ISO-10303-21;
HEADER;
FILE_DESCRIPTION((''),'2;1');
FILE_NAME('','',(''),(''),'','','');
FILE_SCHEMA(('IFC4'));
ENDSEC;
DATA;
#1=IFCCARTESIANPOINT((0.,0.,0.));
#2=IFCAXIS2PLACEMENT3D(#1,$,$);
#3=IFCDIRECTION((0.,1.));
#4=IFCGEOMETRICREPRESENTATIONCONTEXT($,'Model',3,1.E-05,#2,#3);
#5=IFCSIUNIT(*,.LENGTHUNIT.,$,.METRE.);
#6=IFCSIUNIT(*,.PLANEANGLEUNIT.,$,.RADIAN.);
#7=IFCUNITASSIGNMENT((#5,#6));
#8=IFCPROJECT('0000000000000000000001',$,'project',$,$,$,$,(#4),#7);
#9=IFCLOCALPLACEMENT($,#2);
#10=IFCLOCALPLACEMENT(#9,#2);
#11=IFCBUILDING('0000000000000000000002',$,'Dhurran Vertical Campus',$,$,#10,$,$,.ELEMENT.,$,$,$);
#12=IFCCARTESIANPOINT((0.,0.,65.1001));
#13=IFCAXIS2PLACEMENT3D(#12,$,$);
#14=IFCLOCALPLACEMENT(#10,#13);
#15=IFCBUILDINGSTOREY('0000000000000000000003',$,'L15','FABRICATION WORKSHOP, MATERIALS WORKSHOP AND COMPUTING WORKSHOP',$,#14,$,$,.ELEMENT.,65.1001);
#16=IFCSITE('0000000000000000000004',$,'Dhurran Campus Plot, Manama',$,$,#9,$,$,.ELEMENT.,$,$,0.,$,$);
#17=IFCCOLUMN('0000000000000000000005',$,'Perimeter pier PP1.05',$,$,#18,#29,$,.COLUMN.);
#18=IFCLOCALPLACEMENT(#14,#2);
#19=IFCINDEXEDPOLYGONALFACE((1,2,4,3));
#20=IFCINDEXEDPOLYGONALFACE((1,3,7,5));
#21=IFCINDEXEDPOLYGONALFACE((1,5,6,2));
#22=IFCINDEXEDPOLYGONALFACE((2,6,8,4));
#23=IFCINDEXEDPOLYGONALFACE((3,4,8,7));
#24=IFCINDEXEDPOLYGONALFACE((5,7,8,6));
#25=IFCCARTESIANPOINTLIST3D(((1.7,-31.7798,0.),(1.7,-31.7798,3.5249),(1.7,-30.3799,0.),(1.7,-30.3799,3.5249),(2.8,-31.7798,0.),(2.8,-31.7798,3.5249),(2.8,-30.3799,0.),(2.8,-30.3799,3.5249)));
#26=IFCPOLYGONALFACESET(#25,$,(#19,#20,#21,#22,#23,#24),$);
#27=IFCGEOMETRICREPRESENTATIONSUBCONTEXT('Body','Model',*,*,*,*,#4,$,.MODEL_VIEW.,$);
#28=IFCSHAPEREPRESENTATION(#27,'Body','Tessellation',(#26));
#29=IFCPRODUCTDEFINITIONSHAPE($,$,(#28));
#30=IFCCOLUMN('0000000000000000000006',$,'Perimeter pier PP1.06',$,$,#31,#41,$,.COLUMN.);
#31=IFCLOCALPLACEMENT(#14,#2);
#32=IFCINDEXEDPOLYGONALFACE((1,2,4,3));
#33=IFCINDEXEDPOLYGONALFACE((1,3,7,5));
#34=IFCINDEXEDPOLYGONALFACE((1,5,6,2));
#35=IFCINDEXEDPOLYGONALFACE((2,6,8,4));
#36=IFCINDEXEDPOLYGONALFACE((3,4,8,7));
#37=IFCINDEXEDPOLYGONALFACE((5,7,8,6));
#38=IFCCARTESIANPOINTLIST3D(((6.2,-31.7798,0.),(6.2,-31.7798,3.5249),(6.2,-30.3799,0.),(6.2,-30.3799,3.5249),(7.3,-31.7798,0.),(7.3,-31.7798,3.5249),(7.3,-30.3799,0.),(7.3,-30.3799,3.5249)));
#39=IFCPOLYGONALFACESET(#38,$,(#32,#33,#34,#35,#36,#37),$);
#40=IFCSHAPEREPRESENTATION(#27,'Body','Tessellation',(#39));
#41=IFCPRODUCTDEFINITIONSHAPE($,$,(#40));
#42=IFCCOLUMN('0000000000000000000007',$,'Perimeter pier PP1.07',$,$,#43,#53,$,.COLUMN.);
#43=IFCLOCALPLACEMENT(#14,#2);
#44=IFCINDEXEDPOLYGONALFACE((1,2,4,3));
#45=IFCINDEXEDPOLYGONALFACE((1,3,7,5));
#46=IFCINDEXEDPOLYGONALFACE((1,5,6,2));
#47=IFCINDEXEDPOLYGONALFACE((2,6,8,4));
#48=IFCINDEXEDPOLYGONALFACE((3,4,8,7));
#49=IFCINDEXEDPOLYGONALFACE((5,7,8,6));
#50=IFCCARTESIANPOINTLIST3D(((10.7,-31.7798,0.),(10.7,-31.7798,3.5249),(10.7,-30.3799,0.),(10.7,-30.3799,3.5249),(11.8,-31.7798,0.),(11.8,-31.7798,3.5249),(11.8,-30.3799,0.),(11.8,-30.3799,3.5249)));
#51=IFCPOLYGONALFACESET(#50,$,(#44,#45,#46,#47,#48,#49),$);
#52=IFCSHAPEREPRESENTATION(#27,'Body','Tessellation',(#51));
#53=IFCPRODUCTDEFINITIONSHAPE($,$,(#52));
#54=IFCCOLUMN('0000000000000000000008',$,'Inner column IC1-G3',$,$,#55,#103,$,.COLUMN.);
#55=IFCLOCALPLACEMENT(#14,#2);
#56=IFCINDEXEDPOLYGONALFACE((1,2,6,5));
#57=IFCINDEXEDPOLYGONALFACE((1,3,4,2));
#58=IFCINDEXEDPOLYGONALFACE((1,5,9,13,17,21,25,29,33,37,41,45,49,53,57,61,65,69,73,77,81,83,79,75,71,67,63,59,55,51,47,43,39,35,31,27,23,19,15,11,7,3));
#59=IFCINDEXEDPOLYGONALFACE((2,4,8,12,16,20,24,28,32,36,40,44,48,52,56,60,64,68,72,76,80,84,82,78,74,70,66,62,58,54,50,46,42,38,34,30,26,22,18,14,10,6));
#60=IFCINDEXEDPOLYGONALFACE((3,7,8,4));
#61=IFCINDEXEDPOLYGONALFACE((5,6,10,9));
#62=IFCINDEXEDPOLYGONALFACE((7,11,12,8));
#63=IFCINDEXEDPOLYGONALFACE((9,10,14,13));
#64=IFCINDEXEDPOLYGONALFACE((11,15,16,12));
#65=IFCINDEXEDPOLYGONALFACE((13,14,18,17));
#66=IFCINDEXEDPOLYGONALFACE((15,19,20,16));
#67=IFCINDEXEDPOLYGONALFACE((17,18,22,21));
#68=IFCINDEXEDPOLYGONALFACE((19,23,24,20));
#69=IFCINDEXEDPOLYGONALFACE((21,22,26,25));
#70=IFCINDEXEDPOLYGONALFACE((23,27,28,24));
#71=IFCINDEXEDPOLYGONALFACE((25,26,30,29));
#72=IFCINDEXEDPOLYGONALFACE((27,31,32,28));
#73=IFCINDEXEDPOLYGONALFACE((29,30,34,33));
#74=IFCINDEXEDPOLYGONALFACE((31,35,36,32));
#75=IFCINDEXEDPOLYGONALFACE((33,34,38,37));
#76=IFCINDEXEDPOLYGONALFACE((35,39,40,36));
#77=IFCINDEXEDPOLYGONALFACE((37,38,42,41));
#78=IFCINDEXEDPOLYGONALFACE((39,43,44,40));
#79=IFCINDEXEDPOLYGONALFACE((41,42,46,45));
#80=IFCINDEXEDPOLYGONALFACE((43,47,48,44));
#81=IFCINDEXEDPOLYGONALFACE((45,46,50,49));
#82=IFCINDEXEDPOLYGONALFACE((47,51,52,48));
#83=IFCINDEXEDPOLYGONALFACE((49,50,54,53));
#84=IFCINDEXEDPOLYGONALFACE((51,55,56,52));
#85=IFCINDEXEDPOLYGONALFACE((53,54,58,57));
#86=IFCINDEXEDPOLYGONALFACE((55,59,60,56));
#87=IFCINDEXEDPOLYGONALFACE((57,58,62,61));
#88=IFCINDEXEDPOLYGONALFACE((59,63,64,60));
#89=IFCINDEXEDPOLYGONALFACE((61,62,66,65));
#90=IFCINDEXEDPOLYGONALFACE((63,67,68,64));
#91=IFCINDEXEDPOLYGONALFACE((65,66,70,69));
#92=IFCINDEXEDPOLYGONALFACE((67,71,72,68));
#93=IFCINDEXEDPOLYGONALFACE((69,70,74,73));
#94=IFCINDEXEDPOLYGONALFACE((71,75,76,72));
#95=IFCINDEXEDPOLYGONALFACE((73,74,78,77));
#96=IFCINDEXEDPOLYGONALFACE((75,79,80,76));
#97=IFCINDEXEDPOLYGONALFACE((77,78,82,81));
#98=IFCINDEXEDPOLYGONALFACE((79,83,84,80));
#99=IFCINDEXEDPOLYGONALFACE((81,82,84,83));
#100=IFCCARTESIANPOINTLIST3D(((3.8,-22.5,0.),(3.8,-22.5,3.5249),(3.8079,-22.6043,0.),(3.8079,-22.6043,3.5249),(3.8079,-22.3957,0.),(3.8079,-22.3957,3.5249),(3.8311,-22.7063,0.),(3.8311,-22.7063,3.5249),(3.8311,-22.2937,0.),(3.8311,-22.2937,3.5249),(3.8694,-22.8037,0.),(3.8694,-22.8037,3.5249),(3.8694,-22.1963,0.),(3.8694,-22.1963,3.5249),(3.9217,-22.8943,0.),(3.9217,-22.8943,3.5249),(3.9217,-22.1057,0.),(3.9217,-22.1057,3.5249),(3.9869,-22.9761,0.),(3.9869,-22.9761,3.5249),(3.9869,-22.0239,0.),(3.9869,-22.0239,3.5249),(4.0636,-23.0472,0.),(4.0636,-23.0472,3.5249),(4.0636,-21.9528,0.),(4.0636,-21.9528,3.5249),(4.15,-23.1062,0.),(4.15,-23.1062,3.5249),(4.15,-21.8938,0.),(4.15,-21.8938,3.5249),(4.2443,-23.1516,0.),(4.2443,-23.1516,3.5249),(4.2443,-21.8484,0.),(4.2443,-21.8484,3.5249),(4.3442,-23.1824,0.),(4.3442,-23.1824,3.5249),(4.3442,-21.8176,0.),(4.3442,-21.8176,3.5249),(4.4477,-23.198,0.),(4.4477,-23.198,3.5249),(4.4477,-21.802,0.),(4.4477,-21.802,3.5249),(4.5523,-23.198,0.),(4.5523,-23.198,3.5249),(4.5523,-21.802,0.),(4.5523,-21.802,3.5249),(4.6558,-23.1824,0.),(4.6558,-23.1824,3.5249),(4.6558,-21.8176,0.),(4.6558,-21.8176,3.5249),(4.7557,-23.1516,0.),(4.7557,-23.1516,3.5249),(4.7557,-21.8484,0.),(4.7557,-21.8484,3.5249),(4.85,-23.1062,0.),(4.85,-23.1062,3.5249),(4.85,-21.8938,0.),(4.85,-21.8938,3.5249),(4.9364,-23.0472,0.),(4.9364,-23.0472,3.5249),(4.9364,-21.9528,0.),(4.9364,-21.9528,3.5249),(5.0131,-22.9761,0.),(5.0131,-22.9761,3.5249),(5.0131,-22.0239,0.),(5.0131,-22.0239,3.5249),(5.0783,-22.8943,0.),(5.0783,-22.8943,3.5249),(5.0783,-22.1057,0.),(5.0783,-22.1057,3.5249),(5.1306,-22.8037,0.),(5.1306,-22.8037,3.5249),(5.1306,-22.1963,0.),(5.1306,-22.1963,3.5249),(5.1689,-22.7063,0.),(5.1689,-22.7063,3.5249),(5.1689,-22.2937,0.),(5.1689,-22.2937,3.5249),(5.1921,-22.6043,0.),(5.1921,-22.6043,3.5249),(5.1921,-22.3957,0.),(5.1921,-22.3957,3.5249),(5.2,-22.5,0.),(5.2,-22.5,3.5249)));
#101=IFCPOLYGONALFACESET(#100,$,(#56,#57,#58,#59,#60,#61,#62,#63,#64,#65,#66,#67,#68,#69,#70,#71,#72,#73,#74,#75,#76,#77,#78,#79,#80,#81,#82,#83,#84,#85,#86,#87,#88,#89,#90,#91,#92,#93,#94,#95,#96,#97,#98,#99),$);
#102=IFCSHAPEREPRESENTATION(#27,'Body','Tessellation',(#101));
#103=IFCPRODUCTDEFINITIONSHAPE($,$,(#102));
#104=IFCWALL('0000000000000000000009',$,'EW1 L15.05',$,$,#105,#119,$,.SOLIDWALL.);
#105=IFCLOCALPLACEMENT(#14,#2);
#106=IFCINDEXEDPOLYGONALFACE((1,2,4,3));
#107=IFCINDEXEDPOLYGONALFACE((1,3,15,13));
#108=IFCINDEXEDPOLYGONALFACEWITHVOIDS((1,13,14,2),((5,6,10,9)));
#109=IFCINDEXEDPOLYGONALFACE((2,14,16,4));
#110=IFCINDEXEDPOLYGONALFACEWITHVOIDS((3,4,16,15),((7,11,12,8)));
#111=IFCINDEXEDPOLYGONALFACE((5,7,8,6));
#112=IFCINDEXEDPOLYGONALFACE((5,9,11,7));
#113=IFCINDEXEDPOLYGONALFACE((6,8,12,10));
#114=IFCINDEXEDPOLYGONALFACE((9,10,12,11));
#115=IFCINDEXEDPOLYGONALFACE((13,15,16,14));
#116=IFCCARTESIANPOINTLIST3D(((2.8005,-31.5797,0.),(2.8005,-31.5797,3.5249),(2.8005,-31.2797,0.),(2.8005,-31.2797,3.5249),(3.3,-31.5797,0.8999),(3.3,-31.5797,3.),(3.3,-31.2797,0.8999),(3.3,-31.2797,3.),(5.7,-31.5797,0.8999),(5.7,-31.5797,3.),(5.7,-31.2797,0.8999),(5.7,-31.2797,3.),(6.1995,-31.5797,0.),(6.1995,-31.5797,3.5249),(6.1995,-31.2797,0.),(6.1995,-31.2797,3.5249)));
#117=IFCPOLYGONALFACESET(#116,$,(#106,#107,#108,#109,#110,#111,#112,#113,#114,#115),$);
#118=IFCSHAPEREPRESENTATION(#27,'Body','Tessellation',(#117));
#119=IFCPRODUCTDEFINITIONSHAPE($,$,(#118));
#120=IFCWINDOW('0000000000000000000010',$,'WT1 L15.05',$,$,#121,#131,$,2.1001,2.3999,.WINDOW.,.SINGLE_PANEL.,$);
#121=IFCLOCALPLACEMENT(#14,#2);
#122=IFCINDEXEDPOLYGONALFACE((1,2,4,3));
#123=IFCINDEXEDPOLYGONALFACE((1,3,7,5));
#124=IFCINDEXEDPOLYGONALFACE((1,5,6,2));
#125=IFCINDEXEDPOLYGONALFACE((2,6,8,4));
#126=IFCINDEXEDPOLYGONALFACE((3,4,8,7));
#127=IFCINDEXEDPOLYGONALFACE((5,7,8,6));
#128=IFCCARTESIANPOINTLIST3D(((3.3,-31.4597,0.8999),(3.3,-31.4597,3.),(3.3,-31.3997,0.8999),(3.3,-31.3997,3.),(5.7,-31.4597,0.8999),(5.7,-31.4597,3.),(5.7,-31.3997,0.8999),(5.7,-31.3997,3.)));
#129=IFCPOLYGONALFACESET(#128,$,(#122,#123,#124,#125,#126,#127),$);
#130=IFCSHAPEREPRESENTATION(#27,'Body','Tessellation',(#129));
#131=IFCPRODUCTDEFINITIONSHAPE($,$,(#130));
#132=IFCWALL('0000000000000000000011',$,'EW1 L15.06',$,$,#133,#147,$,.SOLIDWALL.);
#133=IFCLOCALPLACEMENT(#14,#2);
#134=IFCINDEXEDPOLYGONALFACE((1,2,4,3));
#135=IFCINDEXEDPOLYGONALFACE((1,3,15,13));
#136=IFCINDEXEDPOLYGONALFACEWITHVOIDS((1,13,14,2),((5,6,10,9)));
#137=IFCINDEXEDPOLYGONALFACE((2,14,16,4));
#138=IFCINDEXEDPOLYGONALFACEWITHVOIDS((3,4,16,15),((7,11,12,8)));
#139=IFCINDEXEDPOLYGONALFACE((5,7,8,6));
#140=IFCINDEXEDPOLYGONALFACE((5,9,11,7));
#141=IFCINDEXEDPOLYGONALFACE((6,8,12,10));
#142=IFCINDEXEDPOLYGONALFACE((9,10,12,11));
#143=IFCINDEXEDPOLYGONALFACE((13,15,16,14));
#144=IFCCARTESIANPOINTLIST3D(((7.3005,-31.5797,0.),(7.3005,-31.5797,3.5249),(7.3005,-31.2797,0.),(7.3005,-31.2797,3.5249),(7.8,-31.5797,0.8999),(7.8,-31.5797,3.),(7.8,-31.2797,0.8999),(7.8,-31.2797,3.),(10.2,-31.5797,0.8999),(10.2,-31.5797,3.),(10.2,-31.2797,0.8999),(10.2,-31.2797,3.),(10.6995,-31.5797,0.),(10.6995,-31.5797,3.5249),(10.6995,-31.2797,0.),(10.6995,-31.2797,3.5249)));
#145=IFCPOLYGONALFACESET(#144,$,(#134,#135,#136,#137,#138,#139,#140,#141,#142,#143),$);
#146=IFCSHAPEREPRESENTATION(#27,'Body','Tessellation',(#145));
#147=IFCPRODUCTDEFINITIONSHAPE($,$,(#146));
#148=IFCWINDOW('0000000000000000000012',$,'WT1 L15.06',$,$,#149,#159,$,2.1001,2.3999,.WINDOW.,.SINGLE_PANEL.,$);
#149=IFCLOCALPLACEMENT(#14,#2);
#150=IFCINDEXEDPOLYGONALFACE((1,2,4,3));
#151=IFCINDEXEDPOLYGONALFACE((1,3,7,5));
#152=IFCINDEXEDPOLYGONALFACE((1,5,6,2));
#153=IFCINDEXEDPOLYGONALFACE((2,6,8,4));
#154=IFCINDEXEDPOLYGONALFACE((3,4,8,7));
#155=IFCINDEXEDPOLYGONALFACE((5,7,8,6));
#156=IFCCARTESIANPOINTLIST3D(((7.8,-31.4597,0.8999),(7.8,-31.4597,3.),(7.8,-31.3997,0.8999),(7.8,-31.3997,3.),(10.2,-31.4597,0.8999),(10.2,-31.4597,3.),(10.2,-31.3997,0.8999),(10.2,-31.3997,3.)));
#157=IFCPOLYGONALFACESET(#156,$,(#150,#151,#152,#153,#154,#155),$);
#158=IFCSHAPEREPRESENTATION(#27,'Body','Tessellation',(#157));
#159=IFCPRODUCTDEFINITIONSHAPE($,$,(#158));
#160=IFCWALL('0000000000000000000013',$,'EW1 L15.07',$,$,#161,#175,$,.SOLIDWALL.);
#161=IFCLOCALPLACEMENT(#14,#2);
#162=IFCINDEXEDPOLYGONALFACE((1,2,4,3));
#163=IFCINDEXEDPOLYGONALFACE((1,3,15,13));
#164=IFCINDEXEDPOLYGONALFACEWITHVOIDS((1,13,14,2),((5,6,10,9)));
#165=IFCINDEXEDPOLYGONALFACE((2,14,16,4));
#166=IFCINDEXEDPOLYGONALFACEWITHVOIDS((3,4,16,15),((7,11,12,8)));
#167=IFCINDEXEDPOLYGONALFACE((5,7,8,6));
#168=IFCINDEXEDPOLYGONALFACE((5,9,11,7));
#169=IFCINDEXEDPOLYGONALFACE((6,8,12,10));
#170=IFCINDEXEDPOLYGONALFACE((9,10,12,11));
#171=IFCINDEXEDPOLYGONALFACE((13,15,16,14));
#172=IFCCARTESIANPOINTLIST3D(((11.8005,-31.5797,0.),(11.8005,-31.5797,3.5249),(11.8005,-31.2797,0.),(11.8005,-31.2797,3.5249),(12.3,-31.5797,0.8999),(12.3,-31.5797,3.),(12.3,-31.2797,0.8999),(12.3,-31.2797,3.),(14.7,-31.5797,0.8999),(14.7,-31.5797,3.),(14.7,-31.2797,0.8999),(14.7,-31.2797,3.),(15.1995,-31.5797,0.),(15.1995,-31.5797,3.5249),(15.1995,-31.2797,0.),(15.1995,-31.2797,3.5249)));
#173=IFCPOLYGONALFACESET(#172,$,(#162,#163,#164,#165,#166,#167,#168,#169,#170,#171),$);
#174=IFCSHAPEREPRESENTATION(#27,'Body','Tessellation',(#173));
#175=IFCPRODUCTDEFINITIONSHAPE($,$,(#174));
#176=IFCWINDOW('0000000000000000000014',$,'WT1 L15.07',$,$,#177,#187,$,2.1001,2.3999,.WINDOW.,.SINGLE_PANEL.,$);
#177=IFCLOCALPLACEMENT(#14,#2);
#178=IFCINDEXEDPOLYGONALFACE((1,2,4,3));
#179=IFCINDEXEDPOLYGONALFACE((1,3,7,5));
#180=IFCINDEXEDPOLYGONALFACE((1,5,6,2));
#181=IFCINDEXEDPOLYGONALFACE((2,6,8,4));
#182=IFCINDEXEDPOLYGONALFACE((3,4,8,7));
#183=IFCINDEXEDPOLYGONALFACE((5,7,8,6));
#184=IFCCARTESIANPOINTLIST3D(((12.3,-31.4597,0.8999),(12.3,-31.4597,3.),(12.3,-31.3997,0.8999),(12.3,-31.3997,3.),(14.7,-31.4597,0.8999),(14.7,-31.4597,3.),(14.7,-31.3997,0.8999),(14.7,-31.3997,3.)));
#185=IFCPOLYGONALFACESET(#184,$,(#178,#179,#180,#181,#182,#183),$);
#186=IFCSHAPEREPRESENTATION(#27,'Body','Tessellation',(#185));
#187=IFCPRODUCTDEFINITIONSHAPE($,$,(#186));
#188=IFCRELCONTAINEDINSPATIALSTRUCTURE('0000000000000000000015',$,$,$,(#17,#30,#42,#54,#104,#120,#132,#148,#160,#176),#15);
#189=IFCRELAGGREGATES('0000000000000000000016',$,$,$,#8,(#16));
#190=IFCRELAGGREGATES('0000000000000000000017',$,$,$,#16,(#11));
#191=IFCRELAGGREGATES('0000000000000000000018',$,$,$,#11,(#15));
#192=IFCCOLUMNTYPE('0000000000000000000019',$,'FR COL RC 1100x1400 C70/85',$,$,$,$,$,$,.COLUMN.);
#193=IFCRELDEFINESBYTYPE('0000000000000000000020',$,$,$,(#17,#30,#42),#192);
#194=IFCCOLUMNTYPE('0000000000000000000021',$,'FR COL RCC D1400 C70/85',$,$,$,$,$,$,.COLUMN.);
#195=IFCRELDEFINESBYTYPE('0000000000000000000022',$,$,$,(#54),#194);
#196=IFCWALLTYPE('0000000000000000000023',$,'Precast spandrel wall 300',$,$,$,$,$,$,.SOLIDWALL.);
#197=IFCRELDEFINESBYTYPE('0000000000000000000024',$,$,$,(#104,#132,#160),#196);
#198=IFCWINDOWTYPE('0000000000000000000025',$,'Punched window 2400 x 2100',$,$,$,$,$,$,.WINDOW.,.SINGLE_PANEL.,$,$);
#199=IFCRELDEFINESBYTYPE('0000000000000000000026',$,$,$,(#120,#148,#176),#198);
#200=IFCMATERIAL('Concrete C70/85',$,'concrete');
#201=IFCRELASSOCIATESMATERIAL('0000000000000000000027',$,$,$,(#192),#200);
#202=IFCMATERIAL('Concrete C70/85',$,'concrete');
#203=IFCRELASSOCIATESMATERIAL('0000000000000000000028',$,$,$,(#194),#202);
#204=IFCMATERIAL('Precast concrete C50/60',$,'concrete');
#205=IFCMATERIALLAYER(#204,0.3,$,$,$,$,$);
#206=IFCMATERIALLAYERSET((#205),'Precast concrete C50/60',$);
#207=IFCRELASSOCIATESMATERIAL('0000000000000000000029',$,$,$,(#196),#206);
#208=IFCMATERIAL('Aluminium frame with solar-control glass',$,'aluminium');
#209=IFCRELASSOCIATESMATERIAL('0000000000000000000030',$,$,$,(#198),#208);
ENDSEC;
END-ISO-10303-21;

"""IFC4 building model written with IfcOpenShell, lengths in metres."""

from ifc_helpers import new_model, si_unit, direction, frame, frame_2d, origin, origin_2d, place, context, subcontext, project, spatial, rectangle, circle, extrude, material, layer, layer_set, material_profile, profile_set, type_object, element, fill, save


model = new_model("IFC4")

# Units and contexts
model_context = context("Model", 3, precision=1e-05, world=origin(), true_north=direction((0.0, 1.0)))
body_context = subcontext(model_context, "Body", "Model", "MODEL_VIEW")
ifc_project = project(units=[si_unit("LENGTHUNIT", "METRE"), si_unit("PLANEANGLEUNIT", "RADIAN")], contexts=[model_context])

# Site, building, storey
site_placement = place(None, origin())
site = spatial("IfcSite", under=ifc_project, at=site_placement, Name="Dhurran Campus Plot, Manama", CompositionType="ELEMENT", RefElevation=0.0)
building_placement = place(site_placement, origin())
building = spatial("IfcBuilding", under=site, at=building_placement, Name="Dhurran Vertical Campus", CompositionType="ELEMENT")
storey_placement = place(building_placement, frame((0.0, 0.0, 65.1001)))
storey = spatial("IfcBuildingStorey", under=building, at=storey_placement, Name="L15", Description="FABRICATION WORKSHOP, MATERIALS WORKSHOP AND COMPUTING WORKSHOP", CompositionType="ELEMENT", Elevation=65.1001)

# Columns
ifc_material_1 = material(Name="Concrete C70/85", Category="concrete")
ifc_material_profile_1 = material_profile(ifc_material_1, rectangle(XDim=1.1001, YDim=1.3999, at=origin_2d()), Name="RC 1100x1400")
ifc_profile_set_1 = profile_set([ifc_material_profile_1], Name="Concrete C70/85")
column_type_1 = type_object("IfcColumnType", Name="FR COL RC 1100x1400 C70/85", PredefinedType="COLUMN", material=ifc_profile_set_1)
for number, where, z_axis, x_axis, name in (
    (1, (2.25, -31.0798, 0.0), (0.0, 0.0, 1.0), (1.0, 0.0, 0.0), "Perimeter pier PP1.05"),
    (2, (6.75, -31.0798, 0.0), (0.0, 0.0, 1.0), (1.0, 0.0, 0.0), "Perimeter pier PP1.06"),
    (3, (11.25, -31.0798, 0.0), (0.0, 0.0, 1.0), (1.0, 0.0, 0.0), "Perimeter pier PP1.07"),
):
    element("IfcColumn", number, at=place(storey_placement, frame(where, z_axis=z_axis, x_axis=x_axis)), inside=storey, type_object=column_type_1, Name=name, PredefinedType="COLUMN", context=body_context, shape_type="SweptSolid", body=[
        extrude(rectangle(XDim=1.1001, YDim=1.3999, at=origin_2d()), origin(), (0.0, 0.0, 1.0), 3.5249),
    ])
ifc_material_2 = material(Name="Concrete C70/85", Category="concrete")
ifc_material_profile_2 = material_profile(ifc_material_2, circle(Radius=0.7, at=origin_2d()), Name="RCC D1400")
ifc_profile_set_2 = profile_set([ifc_material_profile_2], Name="Concrete C70/85")
column_type_2 = type_object("IfcColumnType", Name="FR COL RCC D1400 C70/85", PredefinedType="COLUMN", material=ifc_profile_set_2)
column_placement = place(storey_placement, frame((4.5, -22.5, 0.0), z_axis=(0.0, 0.0, 1.0), x_axis=(1.0, 0.0, 0.0)))
element("IfcColumn", 4, at=column_placement, inside=storey, type_object=column_type_2, Name="Inner column IC1-G3", PredefinedType="COLUMN", context=body_context, shape_type="SweptSolid", body=[
    extrude(circle(Radius=0.7, at=origin_2d()), origin(), (0.0, 0.0, 1.0), 3.5249),
])

# Walls, openings, windows
ifc_material_3 = material(Name="Precast concrete C50/60", Category="concrete")
ifc_layer_1 = layer(ifc_material_3, 0.3)
ifc_layer_set_1 = layer_set([ifc_layer_1], Name="Precast concrete C50/60")
wall_type_1 = type_object("IfcWallType", Name="Precast spandrel wall 300", PredefinedType="SOLIDWALL", material=ifc_layer_set_1)
wall_1_placement = place(storey_placement, frame((2.8005, -31.4297, 0.0), z_axis=(0.0, 0.0, 1.0), x_axis=(1.0, 0.0, 0.0)))
wall_1 = element("IfcWall", 5, at=wall_1_placement, inside=storey, type_object=wall_type_1, Name="EW1 L15.05", PredefinedType="SOLIDWALL", context=body_context, shape_type="SweptSolid", body=[
    extrude(rectangle(XDim=3.3989, YDim=0.3, at=frame_2d((1.6995, 0.0))), origin(), (0.0, 0.0, 1.0), 3.5249),
])
opening_1_placement = place(wall_1_placement, frame((0.4995, 0.0, 0.8999)))
opening_1 = element("IfcOpeningElement", 6, at=opening_1_placement, cuts=wall_1, PredefinedType="OPENING", context=body_context, shape_type="SweptSolid", body=[
    extrude(rectangle(XDim=2.3999, YDim=2.1001, at=frame_2d((1.2, 1.05))), frame((0.0, 0.1599, 0.0), z_axis=(0.0, -1.0, 0.0), x_axis=(1.0, 0.0, 0.0)), (0.0, 0.0, 1.0), 0.3201),
])
ifc_material_4 = material(Name="Aluminium frame with solar-control glass", Category="aluminium")
window_type = type_object("IfcWindowType", Name="Punched window 2400 x 2100", PartitioningType="SINGLE_PANEL", PredefinedType="WINDOW", material=ifc_material_4)
window_1_placement = place(opening_1_placement, origin())
window_1 = element("IfcWindow", 7, at=window_1_placement, inside=storey, type_object=window_type, Name="WT1 L15.05", OverallHeight=2.1001, OverallWidth=2.3999, PartitioningType="SINGLE_PANEL", PredefinedType="WINDOW", context=body_context, shape_type="SweptSolid", body=[
    extrude(rectangle(XDim=2.3999, YDim=2.1001, at=frame_2d((1.2, 1.05))), frame((0.0, 0.03, 0.0), z_axis=(0.0, -1.0, 0.0), x_axis=(1.0, 0.0, 0.0)), (0.0, 0.0, 1.0), 0.0601),
])
fill(opening_1, window_1)
wall_2_placement = place(storey_placement, frame((7.3005, -31.4297, 0.0), z_axis=(0.0, 0.0, 1.0), x_axis=(1.0, 0.0, 0.0)))
wall_2 = element("IfcWall", 8, at=wall_2_placement, inside=storey, type_object=wall_type_1, Name="EW1 L15.06", PredefinedType="SOLIDWALL", context=body_context, shape_type="SweptSolid", body=[
    extrude(rectangle(XDim=3.3989, YDim=0.3, at=frame_2d((1.6995, 0.0))), origin(), (0.0, 0.0, 1.0), 3.5249),
])
opening_2_placement = place(wall_2_placement, frame((0.4995, 0.0, 0.8999)))
opening_2 = element("IfcOpeningElement", 9, at=opening_2_placement, cuts=wall_2, PredefinedType="OPENING", context=body_context, shape_type="SweptSolid", body=[
    extrude(rectangle(XDim=2.3999, YDim=2.1001, at=frame_2d((1.2, 1.05))), frame((0.0, 0.1599, 0.0), z_axis=(0.0, -1.0, 0.0), x_axis=(1.0, 0.0, 0.0)), (0.0, 0.0, 1.0), 0.3201),
])
window_2_placement = place(opening_2_placement, origin())
window_2 = element("IfcWindow", 10, at=window_2_placement, inside=storey, type_object=window_type, Name="WT1 L15.06", OverallHeight=2.1001, OverallWidth=2.3999, PartitioningType="SINGLE_PANEL", PredefinedType="WINDOW", context=body_context, shape_type="SweptSolid", body=[
    extrude(rectangle(XDim=2.3999, YDim=2.1001, at=frame_2d((1.2, 1.05))), frame((0.0, 0.03, 0.0), z_axis=(0.0, -1.0, 0.0), x_axis=(1.0, 0.0, 0.0)), (0.0, 0.0, 1.0), 0.0601),
])
fill(opening_2, window_2)
wall_3_placement = place(storey_placement, frame((11.8005, -31.4297, 0.0), z_axis=(0.0, 0.0, 1.0), x_axis=(1.0, 0.0, 0.0)))
wall_3 = element("IfcWall", 11, at=wall_3_placement, inside=storey, type_object=wall_type_1, Name="EW1 L15.07", PredefinedType="SOLIDWALL", context=body_context, shape_type="SweptSolid", body=[
    extrude(rectangle(XDim=3.3989, YDim=0.3, at=frame_2d((1.6995, 0.0))), origin(), (0.0, 0.0, 1.0), 3.5249),
])
opening_3_placement = place(wall_3_placement, frame((0.4995, 0.0, 0.8999)))
opening_3 = element("IfcOpeningElement", 12, at=opening_3_placement, cuts=wall_3, PredefinedType="OPENING", context=body_context, shape_type="SweptSolid", body=[
    extrude(rectangle(XDim=2.3999, YDim=2.1001, at=frame_2d((1.2, 1.05))), frame((0.0, 0.1599, 0.0), z_axis=(0.0, -1.0, 0.0), x_axis=(1.0, 0.0, 0.0)), (0.0, 0.0, 1.0), 0.3201),
])
window_3_placement = place(opening_3_placement, origin())
window_3 = element("IfcWindow", 13, at=window_3_placement, inside=storey, type_object=window_type, Name="WT1 L15.07", OverallHeight=2.1001, OverallWidth=2.3999, PartitioningType="SINGLE_PANEL", PredefinedType="WINDOW", context=body_context, shape_type="SweptSolid", body=[
    extrude(rectangle(XDim=2.3999, YDim=2.1001, at=frame_2d((1.2, 1.05))), frame((0.0, 0.03, 0.0), z_axis=(0.0, -1.0, 0.0), x_axis=(1.0, 0.0, 0.0)), (0.0, 0.0, 1.0), 0.0601),
])
fill(opening_3, window_3)

save(model, "model.ifc")
